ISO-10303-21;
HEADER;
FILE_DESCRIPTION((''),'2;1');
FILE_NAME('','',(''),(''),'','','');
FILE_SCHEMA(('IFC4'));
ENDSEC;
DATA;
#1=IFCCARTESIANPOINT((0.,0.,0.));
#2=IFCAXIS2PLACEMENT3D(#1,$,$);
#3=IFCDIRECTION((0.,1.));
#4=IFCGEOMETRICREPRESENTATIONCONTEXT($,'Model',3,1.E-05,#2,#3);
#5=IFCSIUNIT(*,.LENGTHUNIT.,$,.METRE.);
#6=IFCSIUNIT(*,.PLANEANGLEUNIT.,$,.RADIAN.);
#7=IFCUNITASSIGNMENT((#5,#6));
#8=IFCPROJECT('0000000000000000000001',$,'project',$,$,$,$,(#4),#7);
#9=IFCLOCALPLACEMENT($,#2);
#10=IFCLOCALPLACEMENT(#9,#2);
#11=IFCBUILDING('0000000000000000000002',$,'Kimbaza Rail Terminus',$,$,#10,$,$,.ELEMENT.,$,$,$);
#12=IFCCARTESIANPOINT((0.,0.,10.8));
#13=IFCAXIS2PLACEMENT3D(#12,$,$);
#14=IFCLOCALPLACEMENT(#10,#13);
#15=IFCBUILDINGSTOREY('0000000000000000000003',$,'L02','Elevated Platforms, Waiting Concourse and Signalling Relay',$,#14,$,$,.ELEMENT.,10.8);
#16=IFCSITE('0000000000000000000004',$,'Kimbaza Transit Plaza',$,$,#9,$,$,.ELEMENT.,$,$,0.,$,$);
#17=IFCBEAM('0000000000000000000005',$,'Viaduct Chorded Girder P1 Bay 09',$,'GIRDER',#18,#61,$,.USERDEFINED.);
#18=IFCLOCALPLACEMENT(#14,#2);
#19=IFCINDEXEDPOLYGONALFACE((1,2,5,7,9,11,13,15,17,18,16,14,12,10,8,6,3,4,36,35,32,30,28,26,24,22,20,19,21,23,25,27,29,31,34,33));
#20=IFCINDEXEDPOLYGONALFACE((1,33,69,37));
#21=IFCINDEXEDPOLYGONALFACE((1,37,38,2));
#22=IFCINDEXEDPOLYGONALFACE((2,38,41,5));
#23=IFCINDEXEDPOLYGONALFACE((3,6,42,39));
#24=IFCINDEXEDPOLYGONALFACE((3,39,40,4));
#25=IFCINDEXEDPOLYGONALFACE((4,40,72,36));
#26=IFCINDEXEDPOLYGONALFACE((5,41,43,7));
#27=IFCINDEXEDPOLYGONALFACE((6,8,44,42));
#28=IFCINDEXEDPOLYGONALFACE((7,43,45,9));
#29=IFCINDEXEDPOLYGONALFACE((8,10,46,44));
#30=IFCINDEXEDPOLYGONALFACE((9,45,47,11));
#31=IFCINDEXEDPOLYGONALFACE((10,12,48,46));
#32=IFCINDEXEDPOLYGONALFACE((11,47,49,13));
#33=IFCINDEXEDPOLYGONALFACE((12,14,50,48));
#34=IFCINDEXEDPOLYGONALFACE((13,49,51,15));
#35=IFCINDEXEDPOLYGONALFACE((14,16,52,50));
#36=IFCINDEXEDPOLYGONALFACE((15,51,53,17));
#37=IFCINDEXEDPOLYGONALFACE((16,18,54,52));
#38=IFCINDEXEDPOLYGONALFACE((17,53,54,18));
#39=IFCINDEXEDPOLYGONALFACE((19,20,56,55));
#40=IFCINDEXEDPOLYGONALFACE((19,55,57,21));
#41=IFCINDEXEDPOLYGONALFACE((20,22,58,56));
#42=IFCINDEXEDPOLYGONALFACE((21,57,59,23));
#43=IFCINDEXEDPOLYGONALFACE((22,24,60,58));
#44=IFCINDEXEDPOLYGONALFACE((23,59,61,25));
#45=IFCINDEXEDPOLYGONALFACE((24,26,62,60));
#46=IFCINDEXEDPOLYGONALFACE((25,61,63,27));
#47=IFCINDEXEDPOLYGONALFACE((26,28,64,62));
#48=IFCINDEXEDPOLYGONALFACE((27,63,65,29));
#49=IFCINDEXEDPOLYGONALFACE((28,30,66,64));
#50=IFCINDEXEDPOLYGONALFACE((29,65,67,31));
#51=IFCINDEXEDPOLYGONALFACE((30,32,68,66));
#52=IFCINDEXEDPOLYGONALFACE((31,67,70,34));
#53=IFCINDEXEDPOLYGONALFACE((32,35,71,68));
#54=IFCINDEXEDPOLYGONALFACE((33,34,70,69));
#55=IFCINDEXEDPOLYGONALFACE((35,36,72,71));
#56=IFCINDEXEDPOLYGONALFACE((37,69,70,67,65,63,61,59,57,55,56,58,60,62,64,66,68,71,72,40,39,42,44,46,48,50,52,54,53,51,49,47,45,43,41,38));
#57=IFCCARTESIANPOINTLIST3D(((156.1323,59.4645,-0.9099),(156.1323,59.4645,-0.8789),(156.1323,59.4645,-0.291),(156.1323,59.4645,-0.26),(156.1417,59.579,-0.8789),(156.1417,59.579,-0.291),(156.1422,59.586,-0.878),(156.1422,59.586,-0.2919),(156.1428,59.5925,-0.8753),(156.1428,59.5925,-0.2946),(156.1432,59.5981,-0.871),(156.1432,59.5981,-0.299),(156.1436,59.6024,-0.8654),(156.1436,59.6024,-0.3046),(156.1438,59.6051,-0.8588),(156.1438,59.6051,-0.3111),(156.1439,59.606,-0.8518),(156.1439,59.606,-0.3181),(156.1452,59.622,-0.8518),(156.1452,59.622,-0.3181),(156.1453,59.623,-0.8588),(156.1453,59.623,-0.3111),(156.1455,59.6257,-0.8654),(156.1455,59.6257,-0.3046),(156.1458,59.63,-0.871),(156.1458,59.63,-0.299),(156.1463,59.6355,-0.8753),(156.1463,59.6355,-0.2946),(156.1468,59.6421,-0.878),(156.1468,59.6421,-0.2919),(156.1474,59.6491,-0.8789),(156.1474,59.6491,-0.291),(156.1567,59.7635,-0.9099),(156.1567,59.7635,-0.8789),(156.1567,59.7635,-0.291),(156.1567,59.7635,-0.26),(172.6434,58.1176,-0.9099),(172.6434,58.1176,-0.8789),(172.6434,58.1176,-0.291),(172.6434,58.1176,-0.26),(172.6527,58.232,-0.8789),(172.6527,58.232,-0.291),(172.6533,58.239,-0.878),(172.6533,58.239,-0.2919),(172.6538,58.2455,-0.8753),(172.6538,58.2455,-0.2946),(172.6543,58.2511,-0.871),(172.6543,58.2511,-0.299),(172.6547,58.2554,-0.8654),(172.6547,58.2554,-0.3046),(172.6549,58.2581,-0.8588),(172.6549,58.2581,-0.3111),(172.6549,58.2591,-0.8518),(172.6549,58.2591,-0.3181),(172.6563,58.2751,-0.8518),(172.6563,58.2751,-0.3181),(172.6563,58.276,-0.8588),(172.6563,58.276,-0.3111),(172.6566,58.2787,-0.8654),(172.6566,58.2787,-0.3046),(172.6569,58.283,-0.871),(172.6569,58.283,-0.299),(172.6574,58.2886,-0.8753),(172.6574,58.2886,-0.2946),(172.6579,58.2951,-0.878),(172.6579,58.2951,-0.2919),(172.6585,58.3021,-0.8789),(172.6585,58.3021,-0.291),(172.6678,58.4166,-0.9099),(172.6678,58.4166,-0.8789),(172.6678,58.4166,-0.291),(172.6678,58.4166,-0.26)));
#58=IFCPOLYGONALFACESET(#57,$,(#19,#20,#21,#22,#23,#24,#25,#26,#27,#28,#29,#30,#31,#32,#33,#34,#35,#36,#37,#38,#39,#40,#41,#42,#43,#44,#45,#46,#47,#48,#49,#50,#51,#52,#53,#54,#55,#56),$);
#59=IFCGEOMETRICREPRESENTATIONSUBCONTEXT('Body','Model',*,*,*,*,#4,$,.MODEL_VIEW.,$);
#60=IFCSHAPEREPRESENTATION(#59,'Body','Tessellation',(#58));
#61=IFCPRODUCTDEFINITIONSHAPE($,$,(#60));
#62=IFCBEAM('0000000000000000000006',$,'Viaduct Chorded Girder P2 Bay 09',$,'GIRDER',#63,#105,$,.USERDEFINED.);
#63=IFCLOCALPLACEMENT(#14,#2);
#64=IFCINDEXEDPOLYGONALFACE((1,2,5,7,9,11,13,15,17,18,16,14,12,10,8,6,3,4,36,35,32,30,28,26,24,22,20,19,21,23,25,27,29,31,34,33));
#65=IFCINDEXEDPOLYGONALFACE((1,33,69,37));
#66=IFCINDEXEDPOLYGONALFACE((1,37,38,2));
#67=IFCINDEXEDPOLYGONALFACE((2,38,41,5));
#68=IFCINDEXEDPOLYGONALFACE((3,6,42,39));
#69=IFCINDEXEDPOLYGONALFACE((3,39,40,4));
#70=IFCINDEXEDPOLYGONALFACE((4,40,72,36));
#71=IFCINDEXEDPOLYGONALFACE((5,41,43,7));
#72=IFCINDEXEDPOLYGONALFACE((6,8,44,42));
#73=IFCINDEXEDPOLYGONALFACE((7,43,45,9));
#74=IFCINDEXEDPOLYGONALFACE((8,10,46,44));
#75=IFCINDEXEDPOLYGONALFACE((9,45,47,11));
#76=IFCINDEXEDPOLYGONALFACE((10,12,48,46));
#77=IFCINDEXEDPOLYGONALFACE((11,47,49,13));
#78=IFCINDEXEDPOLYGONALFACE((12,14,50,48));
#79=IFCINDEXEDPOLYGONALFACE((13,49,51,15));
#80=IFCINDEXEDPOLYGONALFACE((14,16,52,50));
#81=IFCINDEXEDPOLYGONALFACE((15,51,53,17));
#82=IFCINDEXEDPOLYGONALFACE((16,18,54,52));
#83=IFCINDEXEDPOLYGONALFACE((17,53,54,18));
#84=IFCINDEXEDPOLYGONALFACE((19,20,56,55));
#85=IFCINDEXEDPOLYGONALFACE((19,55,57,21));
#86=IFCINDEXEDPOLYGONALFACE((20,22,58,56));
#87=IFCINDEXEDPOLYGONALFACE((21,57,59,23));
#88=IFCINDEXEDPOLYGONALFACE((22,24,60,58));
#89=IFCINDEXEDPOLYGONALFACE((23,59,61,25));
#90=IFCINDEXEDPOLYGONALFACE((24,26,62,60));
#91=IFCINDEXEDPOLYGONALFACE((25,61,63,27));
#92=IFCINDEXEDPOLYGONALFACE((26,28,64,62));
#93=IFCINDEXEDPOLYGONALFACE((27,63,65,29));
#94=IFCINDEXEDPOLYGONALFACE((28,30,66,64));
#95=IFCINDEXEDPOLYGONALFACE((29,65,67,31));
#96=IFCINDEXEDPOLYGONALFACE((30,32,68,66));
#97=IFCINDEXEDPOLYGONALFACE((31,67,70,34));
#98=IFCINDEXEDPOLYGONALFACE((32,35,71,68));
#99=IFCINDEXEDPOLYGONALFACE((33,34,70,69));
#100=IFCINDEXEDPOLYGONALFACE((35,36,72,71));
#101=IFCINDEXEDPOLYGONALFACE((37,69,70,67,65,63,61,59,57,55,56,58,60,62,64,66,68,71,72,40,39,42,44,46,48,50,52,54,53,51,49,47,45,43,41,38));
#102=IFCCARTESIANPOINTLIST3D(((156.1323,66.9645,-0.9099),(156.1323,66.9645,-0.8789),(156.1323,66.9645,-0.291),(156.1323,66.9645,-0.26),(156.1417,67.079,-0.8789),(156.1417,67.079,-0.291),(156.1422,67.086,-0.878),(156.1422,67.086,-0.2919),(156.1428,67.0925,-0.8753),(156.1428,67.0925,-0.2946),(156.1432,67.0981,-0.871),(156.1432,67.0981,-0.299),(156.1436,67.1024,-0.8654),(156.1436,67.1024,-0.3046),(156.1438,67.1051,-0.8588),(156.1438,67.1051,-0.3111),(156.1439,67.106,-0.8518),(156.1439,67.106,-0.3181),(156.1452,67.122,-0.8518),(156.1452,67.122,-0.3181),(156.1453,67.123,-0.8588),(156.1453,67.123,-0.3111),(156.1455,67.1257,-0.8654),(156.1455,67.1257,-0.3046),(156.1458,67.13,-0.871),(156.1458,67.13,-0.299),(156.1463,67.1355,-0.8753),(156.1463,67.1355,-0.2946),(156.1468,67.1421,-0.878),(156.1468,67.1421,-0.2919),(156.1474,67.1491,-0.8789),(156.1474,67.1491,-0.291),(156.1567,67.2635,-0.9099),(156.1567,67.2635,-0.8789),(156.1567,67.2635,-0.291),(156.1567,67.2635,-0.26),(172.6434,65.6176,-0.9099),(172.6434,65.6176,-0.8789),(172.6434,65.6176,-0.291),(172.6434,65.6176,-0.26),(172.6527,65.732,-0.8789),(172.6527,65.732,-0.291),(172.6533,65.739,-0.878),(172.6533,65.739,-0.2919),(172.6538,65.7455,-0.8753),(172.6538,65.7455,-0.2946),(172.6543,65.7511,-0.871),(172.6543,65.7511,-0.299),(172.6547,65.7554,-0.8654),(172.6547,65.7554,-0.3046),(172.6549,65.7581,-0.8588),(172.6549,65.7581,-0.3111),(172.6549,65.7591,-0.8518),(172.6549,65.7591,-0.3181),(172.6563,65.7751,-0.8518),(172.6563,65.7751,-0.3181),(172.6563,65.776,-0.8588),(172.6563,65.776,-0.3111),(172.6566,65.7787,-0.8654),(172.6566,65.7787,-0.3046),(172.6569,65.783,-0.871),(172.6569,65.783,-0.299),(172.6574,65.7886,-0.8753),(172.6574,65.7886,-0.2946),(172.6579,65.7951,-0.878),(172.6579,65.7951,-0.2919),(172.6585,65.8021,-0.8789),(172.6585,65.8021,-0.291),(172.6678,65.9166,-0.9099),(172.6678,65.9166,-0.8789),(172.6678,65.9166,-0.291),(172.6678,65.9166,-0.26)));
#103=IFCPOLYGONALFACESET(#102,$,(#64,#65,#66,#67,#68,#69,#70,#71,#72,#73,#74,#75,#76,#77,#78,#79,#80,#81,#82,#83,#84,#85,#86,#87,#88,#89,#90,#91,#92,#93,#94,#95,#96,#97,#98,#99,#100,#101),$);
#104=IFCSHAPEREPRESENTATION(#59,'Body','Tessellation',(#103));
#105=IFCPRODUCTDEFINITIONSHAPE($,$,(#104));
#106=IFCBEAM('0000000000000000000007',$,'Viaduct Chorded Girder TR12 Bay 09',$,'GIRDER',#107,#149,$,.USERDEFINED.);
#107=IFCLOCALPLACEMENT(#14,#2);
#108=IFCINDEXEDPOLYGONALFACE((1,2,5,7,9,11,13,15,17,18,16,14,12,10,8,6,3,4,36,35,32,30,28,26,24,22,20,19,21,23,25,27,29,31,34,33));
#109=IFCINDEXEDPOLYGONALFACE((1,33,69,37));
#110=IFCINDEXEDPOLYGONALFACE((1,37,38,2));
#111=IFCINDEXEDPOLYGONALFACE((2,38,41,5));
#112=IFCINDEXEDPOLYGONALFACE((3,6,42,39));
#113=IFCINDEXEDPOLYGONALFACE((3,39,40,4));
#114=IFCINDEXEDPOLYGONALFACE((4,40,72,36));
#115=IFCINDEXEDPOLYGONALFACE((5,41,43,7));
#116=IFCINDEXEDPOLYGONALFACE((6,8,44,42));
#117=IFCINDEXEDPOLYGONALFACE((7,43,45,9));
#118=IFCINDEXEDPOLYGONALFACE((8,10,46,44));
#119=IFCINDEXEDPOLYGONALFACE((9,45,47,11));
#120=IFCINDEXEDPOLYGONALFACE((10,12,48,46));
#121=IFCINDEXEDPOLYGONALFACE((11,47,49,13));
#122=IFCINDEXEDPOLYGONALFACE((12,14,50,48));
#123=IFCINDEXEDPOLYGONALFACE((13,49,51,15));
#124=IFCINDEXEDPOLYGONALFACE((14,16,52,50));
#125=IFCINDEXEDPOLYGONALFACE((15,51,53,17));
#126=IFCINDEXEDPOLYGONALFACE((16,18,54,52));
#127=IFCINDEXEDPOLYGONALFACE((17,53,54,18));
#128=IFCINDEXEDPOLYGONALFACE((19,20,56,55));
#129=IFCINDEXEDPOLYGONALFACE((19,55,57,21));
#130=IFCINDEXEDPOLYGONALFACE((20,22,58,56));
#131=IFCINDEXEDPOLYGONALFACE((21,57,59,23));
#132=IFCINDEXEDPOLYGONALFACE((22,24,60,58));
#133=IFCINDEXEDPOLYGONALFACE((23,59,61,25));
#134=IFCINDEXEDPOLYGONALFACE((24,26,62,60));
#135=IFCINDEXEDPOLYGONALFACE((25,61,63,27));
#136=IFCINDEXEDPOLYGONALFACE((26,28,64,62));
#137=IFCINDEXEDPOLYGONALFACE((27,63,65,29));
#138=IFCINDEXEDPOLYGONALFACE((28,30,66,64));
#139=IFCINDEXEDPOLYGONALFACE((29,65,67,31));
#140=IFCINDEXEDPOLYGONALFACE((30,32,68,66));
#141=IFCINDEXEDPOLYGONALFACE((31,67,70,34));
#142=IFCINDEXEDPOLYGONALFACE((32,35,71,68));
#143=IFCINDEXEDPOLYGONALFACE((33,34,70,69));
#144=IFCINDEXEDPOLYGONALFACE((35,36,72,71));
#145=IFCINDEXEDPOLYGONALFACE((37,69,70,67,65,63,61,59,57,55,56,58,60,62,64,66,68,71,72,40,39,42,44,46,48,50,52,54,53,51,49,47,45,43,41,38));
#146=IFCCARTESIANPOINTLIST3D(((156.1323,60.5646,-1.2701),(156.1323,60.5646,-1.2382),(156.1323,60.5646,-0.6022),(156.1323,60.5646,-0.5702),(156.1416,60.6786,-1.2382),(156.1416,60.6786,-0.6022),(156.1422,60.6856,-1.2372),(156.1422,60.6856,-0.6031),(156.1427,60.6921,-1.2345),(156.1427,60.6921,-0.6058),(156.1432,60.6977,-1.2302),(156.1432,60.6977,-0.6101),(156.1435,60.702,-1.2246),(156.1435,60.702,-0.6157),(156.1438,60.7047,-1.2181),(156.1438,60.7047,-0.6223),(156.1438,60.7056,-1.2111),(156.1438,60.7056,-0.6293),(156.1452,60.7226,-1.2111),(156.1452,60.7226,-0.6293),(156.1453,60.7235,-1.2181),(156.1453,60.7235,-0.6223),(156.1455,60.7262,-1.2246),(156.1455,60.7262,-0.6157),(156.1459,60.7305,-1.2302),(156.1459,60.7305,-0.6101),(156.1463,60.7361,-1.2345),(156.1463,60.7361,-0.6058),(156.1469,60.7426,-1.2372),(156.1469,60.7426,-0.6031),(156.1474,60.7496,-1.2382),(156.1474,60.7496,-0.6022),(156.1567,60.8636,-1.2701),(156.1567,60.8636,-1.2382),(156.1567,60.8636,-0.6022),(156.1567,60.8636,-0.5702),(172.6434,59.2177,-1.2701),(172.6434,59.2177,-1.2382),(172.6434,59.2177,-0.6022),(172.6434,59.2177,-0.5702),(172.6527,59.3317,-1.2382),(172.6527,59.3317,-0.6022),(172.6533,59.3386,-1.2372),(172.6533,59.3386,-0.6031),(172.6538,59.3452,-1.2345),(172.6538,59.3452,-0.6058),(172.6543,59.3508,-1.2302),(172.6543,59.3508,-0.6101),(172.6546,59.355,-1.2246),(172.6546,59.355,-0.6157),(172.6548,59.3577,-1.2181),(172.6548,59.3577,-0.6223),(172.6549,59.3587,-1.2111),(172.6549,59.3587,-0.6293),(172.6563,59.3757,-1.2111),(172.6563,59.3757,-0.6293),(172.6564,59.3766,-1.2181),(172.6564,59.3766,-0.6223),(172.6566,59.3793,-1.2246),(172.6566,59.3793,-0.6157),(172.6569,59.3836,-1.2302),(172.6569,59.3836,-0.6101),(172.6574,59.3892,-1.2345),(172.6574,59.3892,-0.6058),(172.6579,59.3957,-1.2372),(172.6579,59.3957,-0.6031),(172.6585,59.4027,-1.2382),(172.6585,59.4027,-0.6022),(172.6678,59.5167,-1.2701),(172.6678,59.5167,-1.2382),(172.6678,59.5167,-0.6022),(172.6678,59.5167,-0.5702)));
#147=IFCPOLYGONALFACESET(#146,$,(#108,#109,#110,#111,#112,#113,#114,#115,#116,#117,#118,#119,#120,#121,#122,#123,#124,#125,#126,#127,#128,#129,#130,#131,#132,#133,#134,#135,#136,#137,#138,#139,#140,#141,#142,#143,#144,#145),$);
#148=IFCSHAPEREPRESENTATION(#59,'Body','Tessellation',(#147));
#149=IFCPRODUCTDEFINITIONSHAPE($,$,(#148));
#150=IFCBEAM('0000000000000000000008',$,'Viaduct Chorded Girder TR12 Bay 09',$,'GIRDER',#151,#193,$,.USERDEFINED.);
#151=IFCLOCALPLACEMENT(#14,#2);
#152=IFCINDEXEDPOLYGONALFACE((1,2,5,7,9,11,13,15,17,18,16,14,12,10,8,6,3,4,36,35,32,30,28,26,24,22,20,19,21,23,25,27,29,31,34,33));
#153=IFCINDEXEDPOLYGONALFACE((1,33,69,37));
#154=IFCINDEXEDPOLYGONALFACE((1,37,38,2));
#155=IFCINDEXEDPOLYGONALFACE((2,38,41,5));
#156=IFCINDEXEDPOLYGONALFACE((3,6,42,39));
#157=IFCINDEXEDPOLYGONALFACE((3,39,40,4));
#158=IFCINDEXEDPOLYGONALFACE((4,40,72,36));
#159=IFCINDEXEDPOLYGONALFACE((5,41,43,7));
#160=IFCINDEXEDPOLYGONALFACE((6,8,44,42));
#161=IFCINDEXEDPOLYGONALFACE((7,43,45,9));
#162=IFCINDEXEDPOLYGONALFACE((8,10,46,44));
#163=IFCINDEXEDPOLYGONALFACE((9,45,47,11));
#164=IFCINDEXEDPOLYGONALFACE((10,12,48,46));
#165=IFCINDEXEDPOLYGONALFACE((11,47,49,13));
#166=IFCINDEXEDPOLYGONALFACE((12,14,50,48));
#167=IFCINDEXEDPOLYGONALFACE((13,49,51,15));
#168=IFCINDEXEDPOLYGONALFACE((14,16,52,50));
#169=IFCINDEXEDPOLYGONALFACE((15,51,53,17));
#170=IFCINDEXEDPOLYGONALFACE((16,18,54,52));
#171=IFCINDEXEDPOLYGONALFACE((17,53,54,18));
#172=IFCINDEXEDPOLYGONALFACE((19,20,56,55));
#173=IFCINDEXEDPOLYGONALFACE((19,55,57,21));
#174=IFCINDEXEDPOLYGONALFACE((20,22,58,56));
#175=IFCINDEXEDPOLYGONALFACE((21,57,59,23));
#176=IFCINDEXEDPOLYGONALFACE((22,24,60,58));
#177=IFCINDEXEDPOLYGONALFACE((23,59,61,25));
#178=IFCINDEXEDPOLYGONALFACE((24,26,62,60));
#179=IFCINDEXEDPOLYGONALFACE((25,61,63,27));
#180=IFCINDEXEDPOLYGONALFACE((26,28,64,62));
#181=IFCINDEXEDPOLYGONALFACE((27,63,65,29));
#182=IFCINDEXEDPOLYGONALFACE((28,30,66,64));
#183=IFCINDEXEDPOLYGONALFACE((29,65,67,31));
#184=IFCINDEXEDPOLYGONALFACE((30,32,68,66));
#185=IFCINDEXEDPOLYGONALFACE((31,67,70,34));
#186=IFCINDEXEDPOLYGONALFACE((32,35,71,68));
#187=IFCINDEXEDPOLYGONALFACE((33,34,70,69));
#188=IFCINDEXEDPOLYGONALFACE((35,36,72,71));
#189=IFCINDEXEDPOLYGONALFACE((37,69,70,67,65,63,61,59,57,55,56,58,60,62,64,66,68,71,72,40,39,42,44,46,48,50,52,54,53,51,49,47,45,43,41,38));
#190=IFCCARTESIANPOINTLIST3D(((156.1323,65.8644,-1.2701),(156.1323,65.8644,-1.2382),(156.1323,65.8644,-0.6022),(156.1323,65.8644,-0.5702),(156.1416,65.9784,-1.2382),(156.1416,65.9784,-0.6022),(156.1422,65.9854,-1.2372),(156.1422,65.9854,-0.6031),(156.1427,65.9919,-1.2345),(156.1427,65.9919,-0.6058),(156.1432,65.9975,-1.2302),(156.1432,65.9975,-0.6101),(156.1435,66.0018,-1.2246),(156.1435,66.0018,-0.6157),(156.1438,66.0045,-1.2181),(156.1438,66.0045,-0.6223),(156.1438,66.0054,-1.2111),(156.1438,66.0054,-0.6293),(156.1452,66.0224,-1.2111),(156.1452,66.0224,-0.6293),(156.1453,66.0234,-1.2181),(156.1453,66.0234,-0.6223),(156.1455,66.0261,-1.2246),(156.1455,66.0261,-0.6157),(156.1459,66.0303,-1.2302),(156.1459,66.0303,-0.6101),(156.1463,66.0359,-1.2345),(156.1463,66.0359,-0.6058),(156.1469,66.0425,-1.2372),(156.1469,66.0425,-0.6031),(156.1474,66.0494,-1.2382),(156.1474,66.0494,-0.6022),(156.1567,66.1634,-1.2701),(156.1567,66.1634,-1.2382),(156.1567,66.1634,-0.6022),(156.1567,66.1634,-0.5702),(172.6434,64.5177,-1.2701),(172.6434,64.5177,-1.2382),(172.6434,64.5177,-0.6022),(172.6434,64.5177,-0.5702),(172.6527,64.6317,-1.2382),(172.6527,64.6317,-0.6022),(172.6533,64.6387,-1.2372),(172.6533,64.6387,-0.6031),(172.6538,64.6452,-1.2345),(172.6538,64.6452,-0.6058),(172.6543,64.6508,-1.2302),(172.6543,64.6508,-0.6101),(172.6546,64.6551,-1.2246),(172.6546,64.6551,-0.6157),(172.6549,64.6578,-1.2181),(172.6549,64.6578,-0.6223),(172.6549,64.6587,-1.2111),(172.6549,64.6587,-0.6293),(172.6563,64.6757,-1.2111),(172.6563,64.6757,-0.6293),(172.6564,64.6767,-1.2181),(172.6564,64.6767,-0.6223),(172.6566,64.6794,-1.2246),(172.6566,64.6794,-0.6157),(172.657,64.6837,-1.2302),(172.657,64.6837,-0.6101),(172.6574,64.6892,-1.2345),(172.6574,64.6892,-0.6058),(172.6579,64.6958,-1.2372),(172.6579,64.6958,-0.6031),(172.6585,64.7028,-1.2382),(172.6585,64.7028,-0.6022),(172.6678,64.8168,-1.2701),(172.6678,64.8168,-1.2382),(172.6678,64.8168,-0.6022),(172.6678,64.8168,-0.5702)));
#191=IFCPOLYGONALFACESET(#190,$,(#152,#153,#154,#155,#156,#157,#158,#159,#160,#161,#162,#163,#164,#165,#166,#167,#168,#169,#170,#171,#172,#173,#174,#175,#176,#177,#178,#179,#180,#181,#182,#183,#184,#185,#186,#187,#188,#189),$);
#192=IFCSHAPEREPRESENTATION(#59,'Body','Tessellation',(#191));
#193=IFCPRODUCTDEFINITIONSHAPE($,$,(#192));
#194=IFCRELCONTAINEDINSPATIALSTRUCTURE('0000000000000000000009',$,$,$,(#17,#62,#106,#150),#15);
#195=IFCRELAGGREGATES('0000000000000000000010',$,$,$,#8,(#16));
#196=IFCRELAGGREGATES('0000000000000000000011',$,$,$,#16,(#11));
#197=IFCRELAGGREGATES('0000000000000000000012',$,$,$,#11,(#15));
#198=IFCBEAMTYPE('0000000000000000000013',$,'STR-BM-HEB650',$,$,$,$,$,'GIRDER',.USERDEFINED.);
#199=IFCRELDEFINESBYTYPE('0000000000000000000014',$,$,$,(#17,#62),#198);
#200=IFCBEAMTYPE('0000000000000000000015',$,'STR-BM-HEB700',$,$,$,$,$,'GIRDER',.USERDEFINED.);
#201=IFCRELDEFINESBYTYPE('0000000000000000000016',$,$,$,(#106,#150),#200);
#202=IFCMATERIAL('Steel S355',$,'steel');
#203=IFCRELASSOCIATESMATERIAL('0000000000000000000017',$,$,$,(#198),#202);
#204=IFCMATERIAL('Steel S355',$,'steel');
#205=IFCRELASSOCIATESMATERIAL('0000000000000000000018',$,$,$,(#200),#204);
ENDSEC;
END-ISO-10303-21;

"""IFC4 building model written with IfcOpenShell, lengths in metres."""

from ifc_helpers import new_model, si_unit, direction, frame, origin, origin_2d, place, context, subcontext, project, spatial, i_section, extrude, material, material_profile, profile_set, type_object, element, save


model = new_model("IFC4")

# Units and contexts
model_context = context("Model", 3, precision=1e-05, world=origin(), true_north=direction((0.0, 1.0)))
body_context = subcontext(model_context, "Body", "Model", "MODEL_VIEW")
ifc_project = project(units=[si_unit("LENGTHUNIT", "METRE"), si_unit("PLANEANGLEUNIT", "RADIAN")], contexts=[model_context])

# Site, building, storey
site_placement = place(None, origin())
site = spatial("IfcSite", under=ifc_project, at=site_placement, Name="Kimbaza Transit Plaza", CompositionType="ELEMENT", RefElevation=0.0)
building_placement = place(site_placement, origin())
building = spatial("IfcBuilding", under=site, at=building_placement, Name="Kimbaza Rail Terminus", CompositionType="ELEMENT")
storey_placement = place(building_placement, frame((0.0, 0.0, 10.8)))
storey = spatial("IfcBuildingStorey", under=building, at=storey_placement, Name="L02", Description="Elevated Platforms, Waiting Concourse and Signalling Relay", CompositionType="ELEMENT", Elevation=10.8)

# Beams
ifc_material_1 = material(Name="Steel S355", Category="steel")
ifc_material_profile_1 = material_profile(ifc_material_1, i_section(OverallWidth=0.3, OverallDepth=0.6499, WebThickness=0.0161, FlangeThickness=0.031, FilletRadius=0.0271, at=origin_2d()), Name="HEB 650")
ifc_profile_set_1 = profile_set([ifc_material_profile_1], Name="Steel S355")
beam_type_1 = type_object("IfcBeamType", Name="STR-BM-HEB650", ElementType="GIRDER", PredefinedType="USERDEFINED", material=ifc_profile_set_1)
for number, where, z_axis, x_axis, name in (
    (1, (156.1445, 59.614, -0.585), (0.996689, -0.081307, 0.0), (0.081307, 0.996689, 0.0), "Viaduct Chorded Girder P1 Bay 09"),
    (2, (156.1445, 67.114, -0.585), (0.996689, -0.081307, 0.0), (0.081307, 0.996689, 0.0), "Viaduct Chorded Girder P2 Bay 09"),
):
    element("IfcBeam", number, at=place(storey_placement, frame(where, z_axis=z_axis, x_axis=x_axis)), inside=storey, type_object=beam_type_1, Name=name, ObjectType="GIRDER", PredefinedType="USERDEFINED", context=body_context, shape_type="SweptSolid", body=[
        extrude(i_section(OverallWidth=0.3, OverallDepth=0.6499, WebThickness=0.0161, FlangeThickness=0.031, FilletRadius=0.0271, at=origin_2d()), origin(), (0.0, 0.0, 1.0), 16.5659),
    ])
ifc_material_2 = material(Name="Steel S355", Category="steel")
ifc_material_profile_2 = material_profile(ifc_material_2, i_section(OverallWidth=0.3, OverallDepth=0.7, WebThickness=0.0171, FlangeThickness=0.032, FilletRadius=0.0271, at=origin_2d()), Name="HEB 700")
ifc_profile_set_2 = profile_set([ifc_material_profile_2], Name="Steel S355")
beam_type_2 = type_object("IfcBeamType", Name="STR-BM-HEB700", ElementType="GIRDER", PredefinedType="USERDEFINED", material=ifc_profile_set_2)
for number, where, z_axis, x_axis, name in (
    (3, (156.1445, 60.7141, -0.9202), (0.996689, -0.081307, 0.0), (0.081307, 0.996689, 0.0), "Viaduct Chorded Girder TR12 Bay 09"),
    (4, (156.1445, 66.0139, -0.9202), (0.99669, -0.081293, 0.0), (0.081293, 0.99669, 0.0), "Viaduct Chorded Girder TR12 Bay 09"),
):
    element("IfcBeam", number, at=place(storey_placement, frame(where, z_axis=z_axis, x_axis=x_axis)), inside=storey, type_object=beam_type_2, Name=name, ObjectType="GIRDER", PredefinedType="USERDEFINED", context=body_context, shape_type="SweptSolid", body=[
        extrude(i_section(OverallWidth=0.3, OverallDepth=0.7, WebThickness=0.0171, FlangeThickness=0.032, FilletRadius=0.0271, at=origin_2d()), origin(), (0.0, 0.0, 1.0), 16.5659),
    ])

save(model, "model.ifc")
